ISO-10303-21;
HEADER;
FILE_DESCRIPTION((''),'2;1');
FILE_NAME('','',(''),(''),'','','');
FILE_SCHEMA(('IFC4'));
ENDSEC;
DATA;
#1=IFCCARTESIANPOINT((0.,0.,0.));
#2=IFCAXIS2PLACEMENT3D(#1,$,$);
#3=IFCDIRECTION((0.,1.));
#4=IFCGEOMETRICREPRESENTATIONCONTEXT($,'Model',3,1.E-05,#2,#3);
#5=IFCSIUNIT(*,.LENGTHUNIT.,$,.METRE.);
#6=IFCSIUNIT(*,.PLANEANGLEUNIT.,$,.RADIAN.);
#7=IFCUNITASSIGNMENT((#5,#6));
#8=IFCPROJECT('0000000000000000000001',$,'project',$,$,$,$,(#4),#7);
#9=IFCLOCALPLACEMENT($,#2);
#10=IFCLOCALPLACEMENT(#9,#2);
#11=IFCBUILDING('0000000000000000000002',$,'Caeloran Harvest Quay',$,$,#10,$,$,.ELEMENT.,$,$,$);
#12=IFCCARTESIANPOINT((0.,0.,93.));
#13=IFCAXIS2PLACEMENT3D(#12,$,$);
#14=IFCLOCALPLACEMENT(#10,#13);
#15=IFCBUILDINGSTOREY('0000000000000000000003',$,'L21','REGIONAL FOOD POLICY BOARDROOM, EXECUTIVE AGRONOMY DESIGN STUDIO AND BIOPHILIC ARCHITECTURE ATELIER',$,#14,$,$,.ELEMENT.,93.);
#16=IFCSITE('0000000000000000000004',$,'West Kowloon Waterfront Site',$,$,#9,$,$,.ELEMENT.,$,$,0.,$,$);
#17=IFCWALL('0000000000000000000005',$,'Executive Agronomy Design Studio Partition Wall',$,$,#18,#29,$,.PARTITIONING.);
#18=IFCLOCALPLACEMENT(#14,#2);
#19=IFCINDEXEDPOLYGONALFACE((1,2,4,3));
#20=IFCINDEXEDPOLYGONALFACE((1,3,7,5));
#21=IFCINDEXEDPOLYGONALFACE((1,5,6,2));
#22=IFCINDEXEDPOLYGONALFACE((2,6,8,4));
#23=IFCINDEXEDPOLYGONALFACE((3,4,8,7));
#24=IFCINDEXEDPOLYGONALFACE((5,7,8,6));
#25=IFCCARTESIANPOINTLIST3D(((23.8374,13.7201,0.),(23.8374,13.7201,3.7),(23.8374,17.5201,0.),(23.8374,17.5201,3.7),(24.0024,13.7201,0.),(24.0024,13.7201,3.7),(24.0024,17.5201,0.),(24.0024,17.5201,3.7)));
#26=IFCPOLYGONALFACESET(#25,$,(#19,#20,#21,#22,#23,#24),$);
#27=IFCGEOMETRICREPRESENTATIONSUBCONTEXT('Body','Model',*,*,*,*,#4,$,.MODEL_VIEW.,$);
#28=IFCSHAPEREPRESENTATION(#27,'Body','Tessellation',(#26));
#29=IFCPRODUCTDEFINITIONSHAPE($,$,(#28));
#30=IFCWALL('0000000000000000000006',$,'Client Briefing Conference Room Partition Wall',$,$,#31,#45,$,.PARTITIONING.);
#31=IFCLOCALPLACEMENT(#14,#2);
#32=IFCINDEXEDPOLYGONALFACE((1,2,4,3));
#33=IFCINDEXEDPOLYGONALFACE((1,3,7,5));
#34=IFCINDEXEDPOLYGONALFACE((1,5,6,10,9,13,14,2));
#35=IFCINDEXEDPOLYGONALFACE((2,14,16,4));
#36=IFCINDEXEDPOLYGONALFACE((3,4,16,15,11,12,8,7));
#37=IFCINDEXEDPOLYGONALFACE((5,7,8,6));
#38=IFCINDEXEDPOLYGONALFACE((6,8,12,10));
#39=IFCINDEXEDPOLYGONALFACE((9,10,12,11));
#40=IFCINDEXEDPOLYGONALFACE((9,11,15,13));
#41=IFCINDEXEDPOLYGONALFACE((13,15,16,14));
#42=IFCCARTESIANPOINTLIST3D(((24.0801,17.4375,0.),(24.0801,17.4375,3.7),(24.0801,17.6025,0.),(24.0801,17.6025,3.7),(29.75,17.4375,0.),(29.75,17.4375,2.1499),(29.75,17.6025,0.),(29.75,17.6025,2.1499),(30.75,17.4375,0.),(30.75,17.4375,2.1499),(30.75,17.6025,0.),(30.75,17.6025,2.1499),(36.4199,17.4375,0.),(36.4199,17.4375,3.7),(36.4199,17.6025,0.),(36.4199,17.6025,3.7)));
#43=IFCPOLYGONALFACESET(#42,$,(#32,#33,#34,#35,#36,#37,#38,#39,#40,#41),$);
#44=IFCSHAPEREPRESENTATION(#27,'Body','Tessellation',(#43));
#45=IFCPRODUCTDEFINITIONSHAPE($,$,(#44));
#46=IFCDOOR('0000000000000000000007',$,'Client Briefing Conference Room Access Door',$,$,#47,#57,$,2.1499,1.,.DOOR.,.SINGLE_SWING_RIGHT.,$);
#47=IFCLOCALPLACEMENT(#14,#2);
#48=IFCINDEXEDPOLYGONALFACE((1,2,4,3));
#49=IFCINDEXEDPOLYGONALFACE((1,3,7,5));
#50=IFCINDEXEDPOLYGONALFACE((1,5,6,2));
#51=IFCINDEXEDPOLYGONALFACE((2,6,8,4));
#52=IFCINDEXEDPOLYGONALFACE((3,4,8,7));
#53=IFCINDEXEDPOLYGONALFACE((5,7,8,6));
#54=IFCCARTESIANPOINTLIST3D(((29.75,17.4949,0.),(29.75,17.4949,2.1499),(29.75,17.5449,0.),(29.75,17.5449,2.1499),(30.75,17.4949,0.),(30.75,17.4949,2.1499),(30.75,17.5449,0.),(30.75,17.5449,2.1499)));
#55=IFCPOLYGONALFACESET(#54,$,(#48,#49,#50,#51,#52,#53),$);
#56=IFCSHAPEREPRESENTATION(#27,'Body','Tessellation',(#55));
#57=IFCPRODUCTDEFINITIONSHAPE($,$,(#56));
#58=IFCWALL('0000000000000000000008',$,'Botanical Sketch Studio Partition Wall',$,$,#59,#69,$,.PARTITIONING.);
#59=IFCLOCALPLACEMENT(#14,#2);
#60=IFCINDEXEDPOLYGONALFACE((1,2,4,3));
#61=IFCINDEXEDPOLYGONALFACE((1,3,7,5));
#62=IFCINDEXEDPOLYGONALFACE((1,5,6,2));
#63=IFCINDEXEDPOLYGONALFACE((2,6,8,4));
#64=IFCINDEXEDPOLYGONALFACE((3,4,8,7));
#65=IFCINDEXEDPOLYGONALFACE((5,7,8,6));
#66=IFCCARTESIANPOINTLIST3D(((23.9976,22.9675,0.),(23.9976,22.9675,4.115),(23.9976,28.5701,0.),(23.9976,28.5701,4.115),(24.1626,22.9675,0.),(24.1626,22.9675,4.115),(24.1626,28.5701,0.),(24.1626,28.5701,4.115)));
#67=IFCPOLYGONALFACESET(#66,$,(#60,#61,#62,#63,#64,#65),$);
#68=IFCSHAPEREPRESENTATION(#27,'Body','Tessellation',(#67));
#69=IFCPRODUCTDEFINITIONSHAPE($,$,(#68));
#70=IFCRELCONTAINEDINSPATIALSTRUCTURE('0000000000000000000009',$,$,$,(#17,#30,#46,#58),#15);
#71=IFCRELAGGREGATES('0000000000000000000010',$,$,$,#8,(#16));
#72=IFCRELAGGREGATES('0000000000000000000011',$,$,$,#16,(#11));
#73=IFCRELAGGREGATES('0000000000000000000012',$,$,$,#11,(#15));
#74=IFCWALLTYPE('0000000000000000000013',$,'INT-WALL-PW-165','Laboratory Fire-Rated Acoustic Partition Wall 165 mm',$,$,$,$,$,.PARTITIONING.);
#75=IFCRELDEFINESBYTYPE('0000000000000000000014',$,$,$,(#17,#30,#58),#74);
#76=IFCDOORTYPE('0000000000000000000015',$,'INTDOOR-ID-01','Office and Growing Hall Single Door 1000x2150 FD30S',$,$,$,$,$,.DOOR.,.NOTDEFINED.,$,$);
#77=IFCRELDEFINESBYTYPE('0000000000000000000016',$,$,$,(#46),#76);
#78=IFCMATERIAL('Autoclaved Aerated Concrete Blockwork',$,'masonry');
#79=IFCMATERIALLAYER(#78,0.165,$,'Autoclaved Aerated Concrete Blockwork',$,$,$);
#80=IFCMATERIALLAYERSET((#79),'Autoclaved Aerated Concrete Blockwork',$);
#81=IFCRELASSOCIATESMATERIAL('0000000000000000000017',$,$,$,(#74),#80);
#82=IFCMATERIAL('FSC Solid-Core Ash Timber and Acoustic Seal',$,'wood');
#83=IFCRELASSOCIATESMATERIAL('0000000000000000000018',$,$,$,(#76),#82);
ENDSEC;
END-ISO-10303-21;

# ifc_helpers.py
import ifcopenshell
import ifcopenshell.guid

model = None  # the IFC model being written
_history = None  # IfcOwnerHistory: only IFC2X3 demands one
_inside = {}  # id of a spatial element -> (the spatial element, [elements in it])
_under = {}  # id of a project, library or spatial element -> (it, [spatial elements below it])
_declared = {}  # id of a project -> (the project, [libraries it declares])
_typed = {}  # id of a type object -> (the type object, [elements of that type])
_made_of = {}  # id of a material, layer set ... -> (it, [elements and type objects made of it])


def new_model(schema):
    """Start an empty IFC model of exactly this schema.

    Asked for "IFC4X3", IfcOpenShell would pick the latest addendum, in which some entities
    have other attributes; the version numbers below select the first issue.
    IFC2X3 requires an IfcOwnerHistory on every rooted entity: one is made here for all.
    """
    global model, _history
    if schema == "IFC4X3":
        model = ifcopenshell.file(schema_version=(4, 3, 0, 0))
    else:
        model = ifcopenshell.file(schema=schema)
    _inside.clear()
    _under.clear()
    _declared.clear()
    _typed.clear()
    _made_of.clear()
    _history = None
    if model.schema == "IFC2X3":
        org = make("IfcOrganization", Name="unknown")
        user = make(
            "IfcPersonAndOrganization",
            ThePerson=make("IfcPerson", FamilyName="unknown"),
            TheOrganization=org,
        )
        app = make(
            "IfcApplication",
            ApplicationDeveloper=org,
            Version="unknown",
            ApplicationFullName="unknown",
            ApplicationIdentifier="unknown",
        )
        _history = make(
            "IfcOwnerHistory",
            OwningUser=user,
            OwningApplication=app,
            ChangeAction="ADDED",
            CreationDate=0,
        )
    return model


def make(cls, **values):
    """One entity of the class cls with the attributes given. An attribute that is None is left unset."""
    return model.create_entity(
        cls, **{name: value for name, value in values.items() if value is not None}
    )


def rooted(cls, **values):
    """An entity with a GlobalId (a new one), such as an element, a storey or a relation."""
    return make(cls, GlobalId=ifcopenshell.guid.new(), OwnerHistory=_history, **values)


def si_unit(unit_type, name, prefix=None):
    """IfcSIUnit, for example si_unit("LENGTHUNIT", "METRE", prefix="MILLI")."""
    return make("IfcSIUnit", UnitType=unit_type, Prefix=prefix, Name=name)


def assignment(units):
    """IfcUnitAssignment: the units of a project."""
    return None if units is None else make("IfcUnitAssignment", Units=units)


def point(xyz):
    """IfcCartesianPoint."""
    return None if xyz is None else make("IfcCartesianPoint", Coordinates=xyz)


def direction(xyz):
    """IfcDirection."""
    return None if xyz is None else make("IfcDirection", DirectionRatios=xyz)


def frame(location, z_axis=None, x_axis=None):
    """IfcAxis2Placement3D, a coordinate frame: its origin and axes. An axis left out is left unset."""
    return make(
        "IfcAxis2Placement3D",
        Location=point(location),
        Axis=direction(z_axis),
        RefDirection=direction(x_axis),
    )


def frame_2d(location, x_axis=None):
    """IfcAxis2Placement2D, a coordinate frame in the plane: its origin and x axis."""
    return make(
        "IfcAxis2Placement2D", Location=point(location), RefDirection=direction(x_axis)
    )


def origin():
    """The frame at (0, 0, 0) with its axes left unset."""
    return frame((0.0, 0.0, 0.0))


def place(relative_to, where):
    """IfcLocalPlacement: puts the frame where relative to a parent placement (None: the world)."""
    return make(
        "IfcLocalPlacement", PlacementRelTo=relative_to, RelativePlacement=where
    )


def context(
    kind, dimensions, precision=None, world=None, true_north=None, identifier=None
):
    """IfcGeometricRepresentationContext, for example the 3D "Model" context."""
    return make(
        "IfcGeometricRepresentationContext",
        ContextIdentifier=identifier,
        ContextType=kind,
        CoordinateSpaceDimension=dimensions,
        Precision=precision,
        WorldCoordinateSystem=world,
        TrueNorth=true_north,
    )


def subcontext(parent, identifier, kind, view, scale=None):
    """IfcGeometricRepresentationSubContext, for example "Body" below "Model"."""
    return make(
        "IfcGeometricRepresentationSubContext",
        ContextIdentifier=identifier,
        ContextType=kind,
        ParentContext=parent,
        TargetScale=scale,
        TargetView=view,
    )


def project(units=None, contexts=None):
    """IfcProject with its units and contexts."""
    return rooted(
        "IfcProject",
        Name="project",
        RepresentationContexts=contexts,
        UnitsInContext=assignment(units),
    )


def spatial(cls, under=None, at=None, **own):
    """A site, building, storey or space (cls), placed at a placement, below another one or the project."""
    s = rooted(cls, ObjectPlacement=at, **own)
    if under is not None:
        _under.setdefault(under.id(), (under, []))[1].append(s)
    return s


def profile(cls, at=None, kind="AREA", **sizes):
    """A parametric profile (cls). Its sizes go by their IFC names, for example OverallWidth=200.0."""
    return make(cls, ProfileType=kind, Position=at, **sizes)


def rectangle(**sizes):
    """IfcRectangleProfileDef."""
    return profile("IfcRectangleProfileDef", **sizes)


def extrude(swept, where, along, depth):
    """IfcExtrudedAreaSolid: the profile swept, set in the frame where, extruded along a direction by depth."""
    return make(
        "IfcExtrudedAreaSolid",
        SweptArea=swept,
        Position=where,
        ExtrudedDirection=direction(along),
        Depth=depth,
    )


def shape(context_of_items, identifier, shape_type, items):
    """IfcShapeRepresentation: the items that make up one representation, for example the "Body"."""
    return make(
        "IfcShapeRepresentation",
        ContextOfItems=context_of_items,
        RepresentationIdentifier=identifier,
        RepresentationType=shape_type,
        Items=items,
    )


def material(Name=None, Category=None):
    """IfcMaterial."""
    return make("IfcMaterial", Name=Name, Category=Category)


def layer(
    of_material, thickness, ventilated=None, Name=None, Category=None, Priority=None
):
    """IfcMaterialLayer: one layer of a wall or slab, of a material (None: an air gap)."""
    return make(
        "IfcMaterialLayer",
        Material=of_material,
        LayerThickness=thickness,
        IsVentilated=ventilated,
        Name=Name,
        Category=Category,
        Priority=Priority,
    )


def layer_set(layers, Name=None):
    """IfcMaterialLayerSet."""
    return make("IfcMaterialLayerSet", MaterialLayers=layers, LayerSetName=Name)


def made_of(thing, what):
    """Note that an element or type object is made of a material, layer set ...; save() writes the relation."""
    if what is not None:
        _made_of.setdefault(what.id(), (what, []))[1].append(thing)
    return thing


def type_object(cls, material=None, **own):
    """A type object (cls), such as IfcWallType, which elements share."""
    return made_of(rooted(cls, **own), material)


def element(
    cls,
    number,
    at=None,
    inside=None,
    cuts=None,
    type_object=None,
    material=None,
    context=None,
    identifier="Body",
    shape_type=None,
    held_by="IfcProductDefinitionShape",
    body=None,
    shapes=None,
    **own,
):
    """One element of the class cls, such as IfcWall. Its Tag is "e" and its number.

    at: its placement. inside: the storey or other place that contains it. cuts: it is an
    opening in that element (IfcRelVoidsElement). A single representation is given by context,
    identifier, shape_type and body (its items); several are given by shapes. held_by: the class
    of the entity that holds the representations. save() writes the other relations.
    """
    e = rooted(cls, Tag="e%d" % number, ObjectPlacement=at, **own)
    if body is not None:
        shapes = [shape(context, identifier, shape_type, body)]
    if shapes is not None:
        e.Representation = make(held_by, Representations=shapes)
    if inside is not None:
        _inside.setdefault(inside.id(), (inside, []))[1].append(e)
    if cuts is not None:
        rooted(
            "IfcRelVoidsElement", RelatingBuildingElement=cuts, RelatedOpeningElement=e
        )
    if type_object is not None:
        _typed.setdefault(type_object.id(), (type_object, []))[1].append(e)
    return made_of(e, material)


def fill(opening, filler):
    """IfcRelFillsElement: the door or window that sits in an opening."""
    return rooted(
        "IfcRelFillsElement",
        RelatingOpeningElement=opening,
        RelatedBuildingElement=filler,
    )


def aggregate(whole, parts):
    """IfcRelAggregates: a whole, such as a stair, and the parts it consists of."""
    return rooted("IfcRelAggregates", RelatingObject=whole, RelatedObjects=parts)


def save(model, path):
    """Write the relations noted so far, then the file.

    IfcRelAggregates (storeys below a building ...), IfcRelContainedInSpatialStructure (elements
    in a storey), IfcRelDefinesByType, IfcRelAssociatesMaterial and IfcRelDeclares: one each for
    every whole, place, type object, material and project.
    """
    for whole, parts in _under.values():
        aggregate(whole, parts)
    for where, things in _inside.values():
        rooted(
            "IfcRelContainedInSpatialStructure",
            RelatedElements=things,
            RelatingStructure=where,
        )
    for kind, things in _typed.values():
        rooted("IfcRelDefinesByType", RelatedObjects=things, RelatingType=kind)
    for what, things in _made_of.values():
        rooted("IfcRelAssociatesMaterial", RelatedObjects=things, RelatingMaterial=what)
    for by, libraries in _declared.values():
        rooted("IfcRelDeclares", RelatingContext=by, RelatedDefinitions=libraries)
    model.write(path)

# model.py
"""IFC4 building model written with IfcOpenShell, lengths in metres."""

from ifc_helpers import new_model, si_unit, direction, frame, frame_2d, origin, place, context, subcontext, project, spatial, rectangle, extrude, material, layer, layer_set, type_object, element, fill, save


model = new_model("IFC4")

# Units and contexts
model_context = context("Model", 3, precision=1e-05, world=origin(), true_north=direction((0.0, 1.0)))
body_context = subcontext(model_context, "Body", "Model", "MODEL_VIEW")
ifc_project = project(units=[si_unit("LENGTHUNIT", "METRE"), si_unit("PLANEANGLEUNIT", "RADIAN")], contexts=[model_context])

# Site, building, storey
site_placement = place(None, origin())
site = spatial("IfcSite", under=ifc_project, at=site_placement, Name="West Kowloon Waterfront Site", CompositionType="ELEMENT", RefElevation=0.0)
building_placement = place(site_placement, origin())
building = spatial("IfcBuilding", under=site, at=building_placement, Name="Caeloran Harvest Quay", CompositionType="ELEMENT")
storey_placement = place(building_placement, frame((0.0, 0.0, 93.0)))
storey = spatial("IfcBuildingStorey", under=building, at=storey_placement, Name="L21", Description="REGIONAL FOOD POLICY BOARDROOM, EXECUTIVE AGRONOMY DESIGN STUDIO AND BIOPHILIC ARCHITECTURE ATELIER", CompositionType="ELEMENT", Elevation=93.0)

# Wall
ifc_material_1 = material(Name="Autoclaved Aerated Concrete Blockwork", Category="masonry")
ifc_layer = layer(ifc_material_1, 0.165, Name="Autoclaved Aerated Concrete Blockwork")
ifc_layer_set = layer_set([ifc_layer], Name="Autoclaved Aerated Concrete Blockwork")
wall_type = type_object("IfcWallType", Name="INT-WALL-PW-165", Description="Laboratory Fire-Rated Acoustic Partition Wall 165 mm", PredefinedType="PARTITIONING", material=ifc_layer_set)
wall_1_placement = place(storey_placement, frame((23.9199, 17.52, 0.0), z_axis=(0.0, 0.0, 1.0), x_axis=(0.0, -1.0, 0.0)))
element("IfcWall", 1, at=wall_1_placement, inside=storey, type_object=wall_type, Name="Executive Agronomy Design Studio Partition Wall", PredefinedType="PARTITIONING", context=body_context, shape_type="SweptSolid", body=[
    extrude(rectangle(XDim=3.8, YDim=0.165, at=frame_2d((1.8999, 0.0))), origin(), (0.0, 0.0, 1.0), 3.7),
])

# Wall, opening, door
wall_2_placement = place(storey_placement, frame((24.0801, 17.52, 0.0), z_axis=(0.0, 0.0, 1.0), x_axis=(1.0, 0.0, 0.0)))
wall_2 = element("IfcWall", 2, at=wall_2_placement, inside=storey, type_object=wall_type, Name="Client Briefing Conference Room Partition Wall", PredefinedType="PARTITIONING", context=body_context, shape_type="SweptSolid", body=[
    extrude(rectangle(XDim=12.3398, YDim=0.165, at=frame_2d((6.1699, 0.0))), origin(), (0.0, 0.0, 1.0), 3.7),
])
opening_placement = place(wall_2_placement, frame((5.6699, 0.0, 0.0)))
opening = element("IfcOpeningElement", 3, at=opening_placement, cuts=wall_2, PredefinedType="OPENING", context=body_context, shape_type="SweptSolid", body=[
    extrude(rectangle(XDim=1.0, YDim=2.1499, at=frame_2d((0.5, 1.075))), frame((0.0, 0.0925, 0.0), z_axis=(0.0, -1.0, 0.0), x_axis=(1.0, 0.0, 0.0)), (0.0, 0.0, 1.0), 0.1851),
])
ifc_material_2 = material(Name="FSC Solid-Core Ash Timber and Acoustic Seal", Category="wood")
door_type = type_object("IfcDoorType", Name="INTDOOR-ID-01", Description="Office and Growing Hall Single Door 1000x2150 FD30S", OperationType="NOTDEFINED", PredefinedType="DOOR", material=ifc_material_2)
door_placement = place(opening_placement, origin())
door = element("IfcDoor", 4, at=door_placement, inside=storey, type_object=door_type, Name="Client Briefing Conference Room Access Door", OperationType="SINGLE_SWING_RIGHT", OverallHeight=2.1499, OverallWidth=1.0, PredefinedType="DOOR", context=body_context, shape_type="SweptSolid", body=[
    extrude(rectangle(XDim=1.0, YDim=2.1499, at=frame_2d((0.5, 1.075))), frame((0.0, 0.0249, 0.0), z_axis=(0.0, -1.0, 0.0), x_axis=(1.0, 0.0, 0.0)), (0.0, 0.0, 1.0), 0.05),
])
fill(opening, door)

# Wall
wall_3_placement = place(storey_placement, frame((24.0801, 22.9675, 0.0), z_axis=(0.0, 0.0, 1.0), x_axis=(0.0, 1.0, 0.0)))
element("IfcWall", 5, at=wall_3_placement, inside=storey, type_object=wall_type, Name="Botanical Sketch Studio Partition Wall", PredefinedType="PARTITIONING", context=body_context, shape_type="SweptSolid", body=[
    extrude(rectangle(XDim=5.6025, YDim=0.165, at=frame_2d((2.8013, 0.0))), origin(), (0.0, 0.0, 1.0), 4.115),
])

save(model, "model.ifc")
